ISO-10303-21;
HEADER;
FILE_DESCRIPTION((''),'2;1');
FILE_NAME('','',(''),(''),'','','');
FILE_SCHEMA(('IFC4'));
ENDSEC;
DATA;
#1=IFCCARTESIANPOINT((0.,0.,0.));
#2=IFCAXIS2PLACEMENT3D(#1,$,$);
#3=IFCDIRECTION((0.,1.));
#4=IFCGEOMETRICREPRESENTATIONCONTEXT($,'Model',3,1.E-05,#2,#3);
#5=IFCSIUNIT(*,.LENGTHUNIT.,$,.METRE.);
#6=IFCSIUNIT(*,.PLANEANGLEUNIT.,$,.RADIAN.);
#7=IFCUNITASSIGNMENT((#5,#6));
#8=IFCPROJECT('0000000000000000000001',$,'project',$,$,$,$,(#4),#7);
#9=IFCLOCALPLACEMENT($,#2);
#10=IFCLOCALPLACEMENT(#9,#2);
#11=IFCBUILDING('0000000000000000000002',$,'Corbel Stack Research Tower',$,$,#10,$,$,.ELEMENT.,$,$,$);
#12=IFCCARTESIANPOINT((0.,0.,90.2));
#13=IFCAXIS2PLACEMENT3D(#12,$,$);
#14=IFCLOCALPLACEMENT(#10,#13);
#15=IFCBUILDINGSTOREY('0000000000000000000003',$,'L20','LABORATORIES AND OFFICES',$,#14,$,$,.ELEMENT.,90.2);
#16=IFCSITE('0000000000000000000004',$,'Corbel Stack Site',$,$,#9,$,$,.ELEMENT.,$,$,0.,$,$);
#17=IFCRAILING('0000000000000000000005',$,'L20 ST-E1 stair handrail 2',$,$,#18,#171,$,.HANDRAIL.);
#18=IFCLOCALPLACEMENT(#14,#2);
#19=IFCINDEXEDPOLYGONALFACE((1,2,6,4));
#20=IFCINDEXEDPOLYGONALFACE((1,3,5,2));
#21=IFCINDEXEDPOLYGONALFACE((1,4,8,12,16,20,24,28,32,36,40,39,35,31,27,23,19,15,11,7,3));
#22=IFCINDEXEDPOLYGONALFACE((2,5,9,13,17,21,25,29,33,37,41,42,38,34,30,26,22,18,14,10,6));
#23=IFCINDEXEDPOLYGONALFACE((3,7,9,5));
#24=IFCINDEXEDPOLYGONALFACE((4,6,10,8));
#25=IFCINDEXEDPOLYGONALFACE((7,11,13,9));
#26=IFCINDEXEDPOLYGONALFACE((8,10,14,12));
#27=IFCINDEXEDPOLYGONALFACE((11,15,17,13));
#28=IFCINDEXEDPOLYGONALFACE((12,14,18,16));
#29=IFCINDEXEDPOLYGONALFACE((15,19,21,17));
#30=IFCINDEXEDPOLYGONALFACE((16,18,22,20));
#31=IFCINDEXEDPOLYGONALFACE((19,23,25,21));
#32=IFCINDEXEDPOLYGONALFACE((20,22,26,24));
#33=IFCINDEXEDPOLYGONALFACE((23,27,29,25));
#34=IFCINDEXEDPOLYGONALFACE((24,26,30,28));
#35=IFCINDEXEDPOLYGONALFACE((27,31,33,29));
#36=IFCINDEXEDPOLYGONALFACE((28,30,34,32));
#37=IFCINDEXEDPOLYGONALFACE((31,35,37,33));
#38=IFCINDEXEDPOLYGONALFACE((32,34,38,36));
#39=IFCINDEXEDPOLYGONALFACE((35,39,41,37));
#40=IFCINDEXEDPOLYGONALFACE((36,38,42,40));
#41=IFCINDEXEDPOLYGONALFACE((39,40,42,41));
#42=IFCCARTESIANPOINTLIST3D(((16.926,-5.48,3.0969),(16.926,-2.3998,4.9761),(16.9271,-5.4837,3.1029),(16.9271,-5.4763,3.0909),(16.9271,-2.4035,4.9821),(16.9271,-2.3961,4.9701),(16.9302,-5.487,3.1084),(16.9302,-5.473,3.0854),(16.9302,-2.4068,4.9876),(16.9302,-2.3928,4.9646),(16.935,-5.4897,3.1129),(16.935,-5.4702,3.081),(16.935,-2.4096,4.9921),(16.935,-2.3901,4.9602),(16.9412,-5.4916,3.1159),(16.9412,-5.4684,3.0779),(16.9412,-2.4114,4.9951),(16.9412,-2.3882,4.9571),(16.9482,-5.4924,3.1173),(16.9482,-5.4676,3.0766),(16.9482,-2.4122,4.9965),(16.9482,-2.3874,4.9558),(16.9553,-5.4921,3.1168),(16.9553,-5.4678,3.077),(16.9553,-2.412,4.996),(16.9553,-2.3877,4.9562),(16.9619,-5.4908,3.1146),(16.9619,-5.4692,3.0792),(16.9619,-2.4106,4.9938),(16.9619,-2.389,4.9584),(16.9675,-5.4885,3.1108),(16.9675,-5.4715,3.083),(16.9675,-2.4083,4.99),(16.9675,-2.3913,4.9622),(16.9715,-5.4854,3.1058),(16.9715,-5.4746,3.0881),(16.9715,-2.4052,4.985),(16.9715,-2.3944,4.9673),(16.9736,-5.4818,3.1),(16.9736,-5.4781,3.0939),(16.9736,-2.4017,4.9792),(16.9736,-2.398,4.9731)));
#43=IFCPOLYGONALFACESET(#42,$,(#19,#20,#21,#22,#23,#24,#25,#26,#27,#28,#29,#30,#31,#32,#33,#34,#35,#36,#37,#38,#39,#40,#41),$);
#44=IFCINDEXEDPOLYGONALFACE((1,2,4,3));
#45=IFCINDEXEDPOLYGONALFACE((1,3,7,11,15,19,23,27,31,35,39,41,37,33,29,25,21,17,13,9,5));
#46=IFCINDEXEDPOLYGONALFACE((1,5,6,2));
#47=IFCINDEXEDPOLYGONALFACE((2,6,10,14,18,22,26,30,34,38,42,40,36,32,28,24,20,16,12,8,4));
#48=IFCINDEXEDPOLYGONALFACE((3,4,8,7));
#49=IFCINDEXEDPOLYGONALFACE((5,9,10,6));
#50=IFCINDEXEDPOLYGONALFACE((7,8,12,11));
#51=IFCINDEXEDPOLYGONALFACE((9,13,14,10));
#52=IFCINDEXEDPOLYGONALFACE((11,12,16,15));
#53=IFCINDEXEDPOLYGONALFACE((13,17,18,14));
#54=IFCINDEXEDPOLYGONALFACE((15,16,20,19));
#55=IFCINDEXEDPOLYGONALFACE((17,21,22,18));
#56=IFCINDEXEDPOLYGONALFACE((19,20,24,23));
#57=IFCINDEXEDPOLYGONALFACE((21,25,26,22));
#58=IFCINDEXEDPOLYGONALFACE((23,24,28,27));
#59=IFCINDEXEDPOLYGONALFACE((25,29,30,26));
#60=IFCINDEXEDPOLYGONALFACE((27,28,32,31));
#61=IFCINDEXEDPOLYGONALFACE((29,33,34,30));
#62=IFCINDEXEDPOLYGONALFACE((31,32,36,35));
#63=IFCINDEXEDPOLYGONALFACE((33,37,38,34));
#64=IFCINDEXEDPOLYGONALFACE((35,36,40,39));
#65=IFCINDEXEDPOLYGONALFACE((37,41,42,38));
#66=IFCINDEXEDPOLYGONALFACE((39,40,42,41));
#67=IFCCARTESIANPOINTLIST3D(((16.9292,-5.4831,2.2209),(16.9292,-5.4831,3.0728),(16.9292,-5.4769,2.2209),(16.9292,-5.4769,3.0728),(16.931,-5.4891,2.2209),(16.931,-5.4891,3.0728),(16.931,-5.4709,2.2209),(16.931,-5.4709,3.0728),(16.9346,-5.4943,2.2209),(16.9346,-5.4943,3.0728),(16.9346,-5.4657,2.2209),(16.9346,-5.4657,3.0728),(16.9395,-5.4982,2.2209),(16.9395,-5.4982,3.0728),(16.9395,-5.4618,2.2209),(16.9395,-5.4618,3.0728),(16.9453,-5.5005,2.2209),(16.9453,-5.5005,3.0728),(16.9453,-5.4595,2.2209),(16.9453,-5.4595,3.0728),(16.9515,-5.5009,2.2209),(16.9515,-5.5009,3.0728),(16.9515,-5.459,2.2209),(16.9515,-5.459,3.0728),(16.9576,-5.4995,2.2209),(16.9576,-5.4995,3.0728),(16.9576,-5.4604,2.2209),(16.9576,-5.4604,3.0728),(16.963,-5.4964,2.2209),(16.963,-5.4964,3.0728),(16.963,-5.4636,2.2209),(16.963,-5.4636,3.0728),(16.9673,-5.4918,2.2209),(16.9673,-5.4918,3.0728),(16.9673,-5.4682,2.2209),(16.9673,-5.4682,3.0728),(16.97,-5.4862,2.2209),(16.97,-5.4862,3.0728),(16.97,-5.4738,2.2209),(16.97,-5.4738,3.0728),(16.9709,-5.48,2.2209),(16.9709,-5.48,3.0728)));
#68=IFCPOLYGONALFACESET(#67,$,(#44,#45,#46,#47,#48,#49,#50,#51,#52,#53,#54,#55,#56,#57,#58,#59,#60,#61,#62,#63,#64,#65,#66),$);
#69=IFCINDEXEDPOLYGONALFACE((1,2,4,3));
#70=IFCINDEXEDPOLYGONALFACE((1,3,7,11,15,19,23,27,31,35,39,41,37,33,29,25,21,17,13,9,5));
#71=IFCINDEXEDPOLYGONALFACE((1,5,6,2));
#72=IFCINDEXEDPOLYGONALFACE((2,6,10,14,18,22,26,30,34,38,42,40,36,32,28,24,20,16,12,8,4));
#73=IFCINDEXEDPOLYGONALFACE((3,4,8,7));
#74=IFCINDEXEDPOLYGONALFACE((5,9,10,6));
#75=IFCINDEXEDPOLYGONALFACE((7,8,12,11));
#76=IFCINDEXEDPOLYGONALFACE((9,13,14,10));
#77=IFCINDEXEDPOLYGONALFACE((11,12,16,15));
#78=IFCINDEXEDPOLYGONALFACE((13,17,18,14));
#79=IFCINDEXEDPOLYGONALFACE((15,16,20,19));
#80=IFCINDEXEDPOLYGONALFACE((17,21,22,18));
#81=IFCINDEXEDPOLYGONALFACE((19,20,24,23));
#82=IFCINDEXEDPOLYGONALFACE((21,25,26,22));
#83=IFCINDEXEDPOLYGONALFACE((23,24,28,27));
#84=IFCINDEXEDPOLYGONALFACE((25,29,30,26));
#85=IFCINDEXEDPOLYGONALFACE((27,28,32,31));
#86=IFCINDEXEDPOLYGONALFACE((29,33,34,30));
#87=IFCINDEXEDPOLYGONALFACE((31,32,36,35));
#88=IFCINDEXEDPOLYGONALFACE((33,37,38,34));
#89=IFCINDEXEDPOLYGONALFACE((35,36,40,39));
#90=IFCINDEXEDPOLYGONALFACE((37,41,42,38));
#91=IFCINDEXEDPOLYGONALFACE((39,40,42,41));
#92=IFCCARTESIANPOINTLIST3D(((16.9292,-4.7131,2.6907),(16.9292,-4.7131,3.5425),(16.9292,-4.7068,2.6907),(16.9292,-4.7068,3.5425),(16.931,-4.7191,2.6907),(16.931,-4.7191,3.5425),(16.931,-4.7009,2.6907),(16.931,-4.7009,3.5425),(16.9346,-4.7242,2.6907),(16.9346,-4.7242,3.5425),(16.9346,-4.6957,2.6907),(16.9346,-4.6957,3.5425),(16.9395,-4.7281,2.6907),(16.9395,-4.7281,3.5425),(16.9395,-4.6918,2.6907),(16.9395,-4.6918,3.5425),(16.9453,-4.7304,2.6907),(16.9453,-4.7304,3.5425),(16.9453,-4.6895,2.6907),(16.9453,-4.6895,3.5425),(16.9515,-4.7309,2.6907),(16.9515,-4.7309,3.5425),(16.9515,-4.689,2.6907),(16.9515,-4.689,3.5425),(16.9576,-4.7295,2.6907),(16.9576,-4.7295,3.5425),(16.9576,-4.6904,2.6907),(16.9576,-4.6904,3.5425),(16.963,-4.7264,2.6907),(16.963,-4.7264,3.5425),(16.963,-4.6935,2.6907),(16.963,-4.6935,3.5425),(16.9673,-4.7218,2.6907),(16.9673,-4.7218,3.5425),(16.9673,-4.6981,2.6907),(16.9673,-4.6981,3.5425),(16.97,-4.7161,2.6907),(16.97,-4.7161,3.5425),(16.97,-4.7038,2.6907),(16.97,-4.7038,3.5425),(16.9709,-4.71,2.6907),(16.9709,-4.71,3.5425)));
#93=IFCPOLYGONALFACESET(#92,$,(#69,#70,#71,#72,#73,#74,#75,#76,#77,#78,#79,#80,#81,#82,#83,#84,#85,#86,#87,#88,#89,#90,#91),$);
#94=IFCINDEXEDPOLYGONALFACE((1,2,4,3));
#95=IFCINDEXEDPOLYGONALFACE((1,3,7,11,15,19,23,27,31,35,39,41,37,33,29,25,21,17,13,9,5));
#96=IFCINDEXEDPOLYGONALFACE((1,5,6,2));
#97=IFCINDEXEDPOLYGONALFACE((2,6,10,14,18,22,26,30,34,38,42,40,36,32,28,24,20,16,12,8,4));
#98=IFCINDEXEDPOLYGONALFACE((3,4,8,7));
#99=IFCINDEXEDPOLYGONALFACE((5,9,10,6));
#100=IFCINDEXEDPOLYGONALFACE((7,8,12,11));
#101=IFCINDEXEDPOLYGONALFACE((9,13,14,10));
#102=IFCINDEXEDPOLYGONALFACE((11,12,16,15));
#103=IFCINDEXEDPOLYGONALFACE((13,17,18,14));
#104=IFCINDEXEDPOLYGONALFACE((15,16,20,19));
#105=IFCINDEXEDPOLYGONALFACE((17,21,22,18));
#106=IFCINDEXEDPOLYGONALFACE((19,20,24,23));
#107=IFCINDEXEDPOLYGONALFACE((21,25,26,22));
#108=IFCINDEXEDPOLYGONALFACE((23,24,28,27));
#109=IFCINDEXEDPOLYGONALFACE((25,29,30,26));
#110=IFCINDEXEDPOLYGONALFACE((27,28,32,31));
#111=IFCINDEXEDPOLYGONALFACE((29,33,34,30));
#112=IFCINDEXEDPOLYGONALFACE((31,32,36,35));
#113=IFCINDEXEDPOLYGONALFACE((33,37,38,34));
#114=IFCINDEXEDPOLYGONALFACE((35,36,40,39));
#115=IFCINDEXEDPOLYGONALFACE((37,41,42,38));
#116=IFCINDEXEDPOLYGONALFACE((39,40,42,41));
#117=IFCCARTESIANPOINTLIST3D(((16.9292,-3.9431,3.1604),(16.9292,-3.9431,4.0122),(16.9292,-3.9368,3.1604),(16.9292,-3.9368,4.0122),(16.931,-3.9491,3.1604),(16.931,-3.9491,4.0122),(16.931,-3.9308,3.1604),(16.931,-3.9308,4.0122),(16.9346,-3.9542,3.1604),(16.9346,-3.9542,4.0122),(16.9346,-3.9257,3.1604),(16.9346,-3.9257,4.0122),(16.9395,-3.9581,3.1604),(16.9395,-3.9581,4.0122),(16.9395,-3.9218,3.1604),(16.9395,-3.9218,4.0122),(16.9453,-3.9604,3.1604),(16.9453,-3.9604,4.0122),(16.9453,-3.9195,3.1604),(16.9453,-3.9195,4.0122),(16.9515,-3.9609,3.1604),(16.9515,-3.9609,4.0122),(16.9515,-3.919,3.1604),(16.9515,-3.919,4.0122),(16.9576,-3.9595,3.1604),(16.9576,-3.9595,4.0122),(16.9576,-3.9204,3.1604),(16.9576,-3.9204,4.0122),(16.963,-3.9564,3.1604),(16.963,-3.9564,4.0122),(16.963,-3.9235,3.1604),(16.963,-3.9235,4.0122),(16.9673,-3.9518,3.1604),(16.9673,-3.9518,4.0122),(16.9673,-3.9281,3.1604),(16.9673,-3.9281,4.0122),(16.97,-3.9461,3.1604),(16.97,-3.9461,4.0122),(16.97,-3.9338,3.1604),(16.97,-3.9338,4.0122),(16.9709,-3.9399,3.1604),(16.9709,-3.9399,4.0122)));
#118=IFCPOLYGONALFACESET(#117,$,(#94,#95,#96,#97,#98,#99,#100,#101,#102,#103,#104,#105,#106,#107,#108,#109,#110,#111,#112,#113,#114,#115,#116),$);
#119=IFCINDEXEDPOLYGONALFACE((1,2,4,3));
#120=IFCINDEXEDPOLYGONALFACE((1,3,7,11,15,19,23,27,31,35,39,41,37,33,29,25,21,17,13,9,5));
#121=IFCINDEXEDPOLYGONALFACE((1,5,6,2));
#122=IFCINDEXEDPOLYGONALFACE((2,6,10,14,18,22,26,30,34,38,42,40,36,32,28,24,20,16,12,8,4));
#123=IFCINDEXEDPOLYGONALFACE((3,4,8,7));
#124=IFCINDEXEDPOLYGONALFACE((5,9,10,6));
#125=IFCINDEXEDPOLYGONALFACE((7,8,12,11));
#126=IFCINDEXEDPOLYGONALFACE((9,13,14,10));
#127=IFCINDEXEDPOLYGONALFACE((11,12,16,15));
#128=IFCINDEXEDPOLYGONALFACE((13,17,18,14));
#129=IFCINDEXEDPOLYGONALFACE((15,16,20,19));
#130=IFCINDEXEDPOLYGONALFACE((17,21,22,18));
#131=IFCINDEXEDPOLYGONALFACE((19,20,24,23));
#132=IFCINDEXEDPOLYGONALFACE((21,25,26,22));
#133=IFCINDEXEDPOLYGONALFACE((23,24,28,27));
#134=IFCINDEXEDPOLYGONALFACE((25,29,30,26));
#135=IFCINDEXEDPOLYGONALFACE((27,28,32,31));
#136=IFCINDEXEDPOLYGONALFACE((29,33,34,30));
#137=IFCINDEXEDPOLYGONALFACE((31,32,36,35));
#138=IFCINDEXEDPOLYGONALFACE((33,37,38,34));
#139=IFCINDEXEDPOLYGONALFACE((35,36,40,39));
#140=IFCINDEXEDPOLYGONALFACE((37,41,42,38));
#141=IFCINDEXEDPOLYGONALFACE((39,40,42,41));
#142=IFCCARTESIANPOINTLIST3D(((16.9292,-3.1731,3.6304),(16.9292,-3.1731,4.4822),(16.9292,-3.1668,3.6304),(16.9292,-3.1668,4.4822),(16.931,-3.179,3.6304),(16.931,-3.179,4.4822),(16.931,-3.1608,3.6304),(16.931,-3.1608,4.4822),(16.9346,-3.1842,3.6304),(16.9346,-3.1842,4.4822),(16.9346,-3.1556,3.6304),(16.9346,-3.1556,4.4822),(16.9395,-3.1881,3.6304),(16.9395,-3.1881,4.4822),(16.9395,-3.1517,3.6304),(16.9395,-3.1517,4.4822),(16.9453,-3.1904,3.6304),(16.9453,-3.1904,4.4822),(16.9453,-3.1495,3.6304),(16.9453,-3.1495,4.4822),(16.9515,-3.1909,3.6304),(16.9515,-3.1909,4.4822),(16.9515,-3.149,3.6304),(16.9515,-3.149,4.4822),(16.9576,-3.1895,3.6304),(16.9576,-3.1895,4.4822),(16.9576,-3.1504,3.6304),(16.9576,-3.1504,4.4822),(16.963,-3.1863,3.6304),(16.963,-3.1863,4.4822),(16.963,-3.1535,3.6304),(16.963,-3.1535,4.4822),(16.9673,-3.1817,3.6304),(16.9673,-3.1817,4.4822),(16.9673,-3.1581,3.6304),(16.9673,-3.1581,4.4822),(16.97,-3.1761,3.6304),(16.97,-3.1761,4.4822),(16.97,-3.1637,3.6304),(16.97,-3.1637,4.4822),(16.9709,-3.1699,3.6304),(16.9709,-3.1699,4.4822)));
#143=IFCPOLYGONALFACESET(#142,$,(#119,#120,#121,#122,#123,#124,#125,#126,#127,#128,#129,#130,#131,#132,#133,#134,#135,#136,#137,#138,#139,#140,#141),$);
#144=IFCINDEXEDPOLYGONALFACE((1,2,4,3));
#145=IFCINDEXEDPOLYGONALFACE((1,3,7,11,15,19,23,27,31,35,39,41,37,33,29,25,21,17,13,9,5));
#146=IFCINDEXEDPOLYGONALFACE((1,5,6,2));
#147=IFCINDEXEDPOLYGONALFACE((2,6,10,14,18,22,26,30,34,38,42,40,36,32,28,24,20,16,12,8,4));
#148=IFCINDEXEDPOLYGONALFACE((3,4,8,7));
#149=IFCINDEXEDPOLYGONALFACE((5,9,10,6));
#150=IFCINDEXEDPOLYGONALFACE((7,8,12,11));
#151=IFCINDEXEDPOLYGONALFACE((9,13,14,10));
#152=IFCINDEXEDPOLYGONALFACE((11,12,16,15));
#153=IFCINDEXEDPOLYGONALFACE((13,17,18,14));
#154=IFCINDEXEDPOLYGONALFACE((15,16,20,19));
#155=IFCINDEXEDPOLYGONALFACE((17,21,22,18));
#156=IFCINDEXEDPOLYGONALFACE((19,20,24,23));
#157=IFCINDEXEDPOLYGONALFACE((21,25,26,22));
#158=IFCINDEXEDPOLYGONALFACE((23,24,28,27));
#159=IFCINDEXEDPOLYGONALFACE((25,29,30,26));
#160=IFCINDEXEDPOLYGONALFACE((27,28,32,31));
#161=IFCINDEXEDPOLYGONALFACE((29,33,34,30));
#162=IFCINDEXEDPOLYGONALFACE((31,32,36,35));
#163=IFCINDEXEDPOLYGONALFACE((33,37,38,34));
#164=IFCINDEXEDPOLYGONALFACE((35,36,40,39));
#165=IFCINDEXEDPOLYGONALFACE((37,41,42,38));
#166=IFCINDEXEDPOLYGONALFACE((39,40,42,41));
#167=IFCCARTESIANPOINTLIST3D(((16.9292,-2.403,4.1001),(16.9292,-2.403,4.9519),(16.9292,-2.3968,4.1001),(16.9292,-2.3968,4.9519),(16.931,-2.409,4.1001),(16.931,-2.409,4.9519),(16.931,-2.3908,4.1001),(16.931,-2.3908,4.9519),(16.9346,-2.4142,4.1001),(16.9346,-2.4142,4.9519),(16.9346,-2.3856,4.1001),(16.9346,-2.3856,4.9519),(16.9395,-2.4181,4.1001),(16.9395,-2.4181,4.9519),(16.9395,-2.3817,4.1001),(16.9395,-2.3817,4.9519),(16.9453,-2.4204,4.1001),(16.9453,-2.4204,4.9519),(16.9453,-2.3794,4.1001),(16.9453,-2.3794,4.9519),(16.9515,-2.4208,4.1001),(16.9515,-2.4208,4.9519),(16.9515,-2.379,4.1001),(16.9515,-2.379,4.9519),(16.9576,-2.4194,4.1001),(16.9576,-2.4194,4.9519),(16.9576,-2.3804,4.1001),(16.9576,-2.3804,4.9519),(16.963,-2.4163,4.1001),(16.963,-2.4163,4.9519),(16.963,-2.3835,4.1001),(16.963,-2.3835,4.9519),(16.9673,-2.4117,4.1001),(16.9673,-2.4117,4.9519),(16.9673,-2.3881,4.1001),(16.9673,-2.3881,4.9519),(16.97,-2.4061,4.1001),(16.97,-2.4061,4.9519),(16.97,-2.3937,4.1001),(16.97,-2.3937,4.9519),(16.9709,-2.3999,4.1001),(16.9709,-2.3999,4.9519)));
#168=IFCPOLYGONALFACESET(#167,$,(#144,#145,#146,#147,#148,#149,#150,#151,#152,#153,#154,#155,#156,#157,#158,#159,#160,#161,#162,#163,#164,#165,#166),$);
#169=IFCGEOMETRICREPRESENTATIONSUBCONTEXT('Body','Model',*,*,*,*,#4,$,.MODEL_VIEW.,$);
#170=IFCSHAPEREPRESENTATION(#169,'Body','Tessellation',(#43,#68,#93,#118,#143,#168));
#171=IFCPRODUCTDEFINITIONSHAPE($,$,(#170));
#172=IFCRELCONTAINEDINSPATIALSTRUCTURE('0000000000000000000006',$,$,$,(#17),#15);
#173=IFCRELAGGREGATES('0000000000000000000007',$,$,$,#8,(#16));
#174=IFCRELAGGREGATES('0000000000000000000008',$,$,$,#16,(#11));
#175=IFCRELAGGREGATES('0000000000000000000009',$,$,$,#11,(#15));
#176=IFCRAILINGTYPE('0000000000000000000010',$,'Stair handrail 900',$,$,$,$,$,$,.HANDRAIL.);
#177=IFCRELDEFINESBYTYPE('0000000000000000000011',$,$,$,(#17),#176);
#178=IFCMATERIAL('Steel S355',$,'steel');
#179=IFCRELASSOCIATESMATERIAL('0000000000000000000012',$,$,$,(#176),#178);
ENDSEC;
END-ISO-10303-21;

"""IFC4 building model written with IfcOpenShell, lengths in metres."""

from ifc_helpers import new_model, si_unit, direction, frame, origin, origin_2d, place, context, subcontext, project, spatial, circle, extrude, material, type_object, element, save


model = new_model("IFC4")

# Units and contexts
model_context = context("Model", 3, precision=1e-05, world=origin(), true_north=direction((0.0, 1.0)))
body_context = subcontext(model_context, "Body", "Model", "MODEL_VIEW")
ifc_project = project(units=[si_unit("LENGTHUNIT", "METRE"), si_unit("PLANEANGLEUNIT", "RADIAN")], contexts=[model_context])

# Site, building, storey
site_placement = place(None, origin())
site = spatial("IfcSite", under=ifc_project, at=site_placement, Name="Corbel Stack Site", CompositionType="ELEMENT", RefElevation=0.0)
building_placement = place(site_placement, origin())
building = spatial("IfcBuilding", under=site, at=building_placement, Name="Corbel Stack Research Tower", CompositionType="ELEMENT")
storey_placement = place(building_placement, frame((0.0, 0.0, 90.2)))
storey = spatial("IfcBuildingStorey", under=building, at=storey_placement, Name="L20", Description="LABORATORIES AND OFFICES", CompositionType="ELEMENT", Elevation=90.2)

# Railing
ifc_material_1 = material(Name="Steel S355", Category="steel")
railing_type_1 = type_object("IfcRailingType", Name="Stair handrail 900", PredefinedType="HANDRAIL", material=ifc_material_1)
railing_1_placement = place(storey_placement, frame((16.95, -5.48, 2.2209)))
element("IfcRailing", 1, at=railing_1_placement, inside=storey, type_object=railing_type_1, Name="L20 ST-E1 stair handrail 2", PredefinedType="HANDRAIL", context=body_context, shape_type="SweptSolid", body=[
    extrude(circle(Radius=0.0239, at=origin_2d()), frame((0.0, 0.0, 0.876), z_axis=(0.0, 0.853666, 0.52082), x_axis=(-1.0, 0.0, 0.0)), (0.0, 0.0, 1.0), 3.6082),
    extrude(circle(Radius=0.021, at=origin_2d()), origin(), (0.0, 0.0, 1.0), 0.8518),
    extrude(circle(Radius=0.021, at=origin_2d()), frame((0.0, 0.77, 0.4697)), (0.0, 0.0, 1.0), 0.8518),
    extrude(circle(Radius=0.021, at=origin_2d()), frame((0.0, 1.54, 0.9395)), (0.0, 0.0, 1.0), 0.8518),
    extrude(circle(Radius=0.021, at=origin_2d()), frame((0.0, 2.3101, 1.4094)), (0.0, 0.0, 1.0), 0.8518),
    extrude(circle(Radius=0.021, at=origin_2d()), frame((0.0, 3.0801, 1.8792)), (0.0, 0.0, 1.0), 0.8518),
])

save(model, "model.ifc")
